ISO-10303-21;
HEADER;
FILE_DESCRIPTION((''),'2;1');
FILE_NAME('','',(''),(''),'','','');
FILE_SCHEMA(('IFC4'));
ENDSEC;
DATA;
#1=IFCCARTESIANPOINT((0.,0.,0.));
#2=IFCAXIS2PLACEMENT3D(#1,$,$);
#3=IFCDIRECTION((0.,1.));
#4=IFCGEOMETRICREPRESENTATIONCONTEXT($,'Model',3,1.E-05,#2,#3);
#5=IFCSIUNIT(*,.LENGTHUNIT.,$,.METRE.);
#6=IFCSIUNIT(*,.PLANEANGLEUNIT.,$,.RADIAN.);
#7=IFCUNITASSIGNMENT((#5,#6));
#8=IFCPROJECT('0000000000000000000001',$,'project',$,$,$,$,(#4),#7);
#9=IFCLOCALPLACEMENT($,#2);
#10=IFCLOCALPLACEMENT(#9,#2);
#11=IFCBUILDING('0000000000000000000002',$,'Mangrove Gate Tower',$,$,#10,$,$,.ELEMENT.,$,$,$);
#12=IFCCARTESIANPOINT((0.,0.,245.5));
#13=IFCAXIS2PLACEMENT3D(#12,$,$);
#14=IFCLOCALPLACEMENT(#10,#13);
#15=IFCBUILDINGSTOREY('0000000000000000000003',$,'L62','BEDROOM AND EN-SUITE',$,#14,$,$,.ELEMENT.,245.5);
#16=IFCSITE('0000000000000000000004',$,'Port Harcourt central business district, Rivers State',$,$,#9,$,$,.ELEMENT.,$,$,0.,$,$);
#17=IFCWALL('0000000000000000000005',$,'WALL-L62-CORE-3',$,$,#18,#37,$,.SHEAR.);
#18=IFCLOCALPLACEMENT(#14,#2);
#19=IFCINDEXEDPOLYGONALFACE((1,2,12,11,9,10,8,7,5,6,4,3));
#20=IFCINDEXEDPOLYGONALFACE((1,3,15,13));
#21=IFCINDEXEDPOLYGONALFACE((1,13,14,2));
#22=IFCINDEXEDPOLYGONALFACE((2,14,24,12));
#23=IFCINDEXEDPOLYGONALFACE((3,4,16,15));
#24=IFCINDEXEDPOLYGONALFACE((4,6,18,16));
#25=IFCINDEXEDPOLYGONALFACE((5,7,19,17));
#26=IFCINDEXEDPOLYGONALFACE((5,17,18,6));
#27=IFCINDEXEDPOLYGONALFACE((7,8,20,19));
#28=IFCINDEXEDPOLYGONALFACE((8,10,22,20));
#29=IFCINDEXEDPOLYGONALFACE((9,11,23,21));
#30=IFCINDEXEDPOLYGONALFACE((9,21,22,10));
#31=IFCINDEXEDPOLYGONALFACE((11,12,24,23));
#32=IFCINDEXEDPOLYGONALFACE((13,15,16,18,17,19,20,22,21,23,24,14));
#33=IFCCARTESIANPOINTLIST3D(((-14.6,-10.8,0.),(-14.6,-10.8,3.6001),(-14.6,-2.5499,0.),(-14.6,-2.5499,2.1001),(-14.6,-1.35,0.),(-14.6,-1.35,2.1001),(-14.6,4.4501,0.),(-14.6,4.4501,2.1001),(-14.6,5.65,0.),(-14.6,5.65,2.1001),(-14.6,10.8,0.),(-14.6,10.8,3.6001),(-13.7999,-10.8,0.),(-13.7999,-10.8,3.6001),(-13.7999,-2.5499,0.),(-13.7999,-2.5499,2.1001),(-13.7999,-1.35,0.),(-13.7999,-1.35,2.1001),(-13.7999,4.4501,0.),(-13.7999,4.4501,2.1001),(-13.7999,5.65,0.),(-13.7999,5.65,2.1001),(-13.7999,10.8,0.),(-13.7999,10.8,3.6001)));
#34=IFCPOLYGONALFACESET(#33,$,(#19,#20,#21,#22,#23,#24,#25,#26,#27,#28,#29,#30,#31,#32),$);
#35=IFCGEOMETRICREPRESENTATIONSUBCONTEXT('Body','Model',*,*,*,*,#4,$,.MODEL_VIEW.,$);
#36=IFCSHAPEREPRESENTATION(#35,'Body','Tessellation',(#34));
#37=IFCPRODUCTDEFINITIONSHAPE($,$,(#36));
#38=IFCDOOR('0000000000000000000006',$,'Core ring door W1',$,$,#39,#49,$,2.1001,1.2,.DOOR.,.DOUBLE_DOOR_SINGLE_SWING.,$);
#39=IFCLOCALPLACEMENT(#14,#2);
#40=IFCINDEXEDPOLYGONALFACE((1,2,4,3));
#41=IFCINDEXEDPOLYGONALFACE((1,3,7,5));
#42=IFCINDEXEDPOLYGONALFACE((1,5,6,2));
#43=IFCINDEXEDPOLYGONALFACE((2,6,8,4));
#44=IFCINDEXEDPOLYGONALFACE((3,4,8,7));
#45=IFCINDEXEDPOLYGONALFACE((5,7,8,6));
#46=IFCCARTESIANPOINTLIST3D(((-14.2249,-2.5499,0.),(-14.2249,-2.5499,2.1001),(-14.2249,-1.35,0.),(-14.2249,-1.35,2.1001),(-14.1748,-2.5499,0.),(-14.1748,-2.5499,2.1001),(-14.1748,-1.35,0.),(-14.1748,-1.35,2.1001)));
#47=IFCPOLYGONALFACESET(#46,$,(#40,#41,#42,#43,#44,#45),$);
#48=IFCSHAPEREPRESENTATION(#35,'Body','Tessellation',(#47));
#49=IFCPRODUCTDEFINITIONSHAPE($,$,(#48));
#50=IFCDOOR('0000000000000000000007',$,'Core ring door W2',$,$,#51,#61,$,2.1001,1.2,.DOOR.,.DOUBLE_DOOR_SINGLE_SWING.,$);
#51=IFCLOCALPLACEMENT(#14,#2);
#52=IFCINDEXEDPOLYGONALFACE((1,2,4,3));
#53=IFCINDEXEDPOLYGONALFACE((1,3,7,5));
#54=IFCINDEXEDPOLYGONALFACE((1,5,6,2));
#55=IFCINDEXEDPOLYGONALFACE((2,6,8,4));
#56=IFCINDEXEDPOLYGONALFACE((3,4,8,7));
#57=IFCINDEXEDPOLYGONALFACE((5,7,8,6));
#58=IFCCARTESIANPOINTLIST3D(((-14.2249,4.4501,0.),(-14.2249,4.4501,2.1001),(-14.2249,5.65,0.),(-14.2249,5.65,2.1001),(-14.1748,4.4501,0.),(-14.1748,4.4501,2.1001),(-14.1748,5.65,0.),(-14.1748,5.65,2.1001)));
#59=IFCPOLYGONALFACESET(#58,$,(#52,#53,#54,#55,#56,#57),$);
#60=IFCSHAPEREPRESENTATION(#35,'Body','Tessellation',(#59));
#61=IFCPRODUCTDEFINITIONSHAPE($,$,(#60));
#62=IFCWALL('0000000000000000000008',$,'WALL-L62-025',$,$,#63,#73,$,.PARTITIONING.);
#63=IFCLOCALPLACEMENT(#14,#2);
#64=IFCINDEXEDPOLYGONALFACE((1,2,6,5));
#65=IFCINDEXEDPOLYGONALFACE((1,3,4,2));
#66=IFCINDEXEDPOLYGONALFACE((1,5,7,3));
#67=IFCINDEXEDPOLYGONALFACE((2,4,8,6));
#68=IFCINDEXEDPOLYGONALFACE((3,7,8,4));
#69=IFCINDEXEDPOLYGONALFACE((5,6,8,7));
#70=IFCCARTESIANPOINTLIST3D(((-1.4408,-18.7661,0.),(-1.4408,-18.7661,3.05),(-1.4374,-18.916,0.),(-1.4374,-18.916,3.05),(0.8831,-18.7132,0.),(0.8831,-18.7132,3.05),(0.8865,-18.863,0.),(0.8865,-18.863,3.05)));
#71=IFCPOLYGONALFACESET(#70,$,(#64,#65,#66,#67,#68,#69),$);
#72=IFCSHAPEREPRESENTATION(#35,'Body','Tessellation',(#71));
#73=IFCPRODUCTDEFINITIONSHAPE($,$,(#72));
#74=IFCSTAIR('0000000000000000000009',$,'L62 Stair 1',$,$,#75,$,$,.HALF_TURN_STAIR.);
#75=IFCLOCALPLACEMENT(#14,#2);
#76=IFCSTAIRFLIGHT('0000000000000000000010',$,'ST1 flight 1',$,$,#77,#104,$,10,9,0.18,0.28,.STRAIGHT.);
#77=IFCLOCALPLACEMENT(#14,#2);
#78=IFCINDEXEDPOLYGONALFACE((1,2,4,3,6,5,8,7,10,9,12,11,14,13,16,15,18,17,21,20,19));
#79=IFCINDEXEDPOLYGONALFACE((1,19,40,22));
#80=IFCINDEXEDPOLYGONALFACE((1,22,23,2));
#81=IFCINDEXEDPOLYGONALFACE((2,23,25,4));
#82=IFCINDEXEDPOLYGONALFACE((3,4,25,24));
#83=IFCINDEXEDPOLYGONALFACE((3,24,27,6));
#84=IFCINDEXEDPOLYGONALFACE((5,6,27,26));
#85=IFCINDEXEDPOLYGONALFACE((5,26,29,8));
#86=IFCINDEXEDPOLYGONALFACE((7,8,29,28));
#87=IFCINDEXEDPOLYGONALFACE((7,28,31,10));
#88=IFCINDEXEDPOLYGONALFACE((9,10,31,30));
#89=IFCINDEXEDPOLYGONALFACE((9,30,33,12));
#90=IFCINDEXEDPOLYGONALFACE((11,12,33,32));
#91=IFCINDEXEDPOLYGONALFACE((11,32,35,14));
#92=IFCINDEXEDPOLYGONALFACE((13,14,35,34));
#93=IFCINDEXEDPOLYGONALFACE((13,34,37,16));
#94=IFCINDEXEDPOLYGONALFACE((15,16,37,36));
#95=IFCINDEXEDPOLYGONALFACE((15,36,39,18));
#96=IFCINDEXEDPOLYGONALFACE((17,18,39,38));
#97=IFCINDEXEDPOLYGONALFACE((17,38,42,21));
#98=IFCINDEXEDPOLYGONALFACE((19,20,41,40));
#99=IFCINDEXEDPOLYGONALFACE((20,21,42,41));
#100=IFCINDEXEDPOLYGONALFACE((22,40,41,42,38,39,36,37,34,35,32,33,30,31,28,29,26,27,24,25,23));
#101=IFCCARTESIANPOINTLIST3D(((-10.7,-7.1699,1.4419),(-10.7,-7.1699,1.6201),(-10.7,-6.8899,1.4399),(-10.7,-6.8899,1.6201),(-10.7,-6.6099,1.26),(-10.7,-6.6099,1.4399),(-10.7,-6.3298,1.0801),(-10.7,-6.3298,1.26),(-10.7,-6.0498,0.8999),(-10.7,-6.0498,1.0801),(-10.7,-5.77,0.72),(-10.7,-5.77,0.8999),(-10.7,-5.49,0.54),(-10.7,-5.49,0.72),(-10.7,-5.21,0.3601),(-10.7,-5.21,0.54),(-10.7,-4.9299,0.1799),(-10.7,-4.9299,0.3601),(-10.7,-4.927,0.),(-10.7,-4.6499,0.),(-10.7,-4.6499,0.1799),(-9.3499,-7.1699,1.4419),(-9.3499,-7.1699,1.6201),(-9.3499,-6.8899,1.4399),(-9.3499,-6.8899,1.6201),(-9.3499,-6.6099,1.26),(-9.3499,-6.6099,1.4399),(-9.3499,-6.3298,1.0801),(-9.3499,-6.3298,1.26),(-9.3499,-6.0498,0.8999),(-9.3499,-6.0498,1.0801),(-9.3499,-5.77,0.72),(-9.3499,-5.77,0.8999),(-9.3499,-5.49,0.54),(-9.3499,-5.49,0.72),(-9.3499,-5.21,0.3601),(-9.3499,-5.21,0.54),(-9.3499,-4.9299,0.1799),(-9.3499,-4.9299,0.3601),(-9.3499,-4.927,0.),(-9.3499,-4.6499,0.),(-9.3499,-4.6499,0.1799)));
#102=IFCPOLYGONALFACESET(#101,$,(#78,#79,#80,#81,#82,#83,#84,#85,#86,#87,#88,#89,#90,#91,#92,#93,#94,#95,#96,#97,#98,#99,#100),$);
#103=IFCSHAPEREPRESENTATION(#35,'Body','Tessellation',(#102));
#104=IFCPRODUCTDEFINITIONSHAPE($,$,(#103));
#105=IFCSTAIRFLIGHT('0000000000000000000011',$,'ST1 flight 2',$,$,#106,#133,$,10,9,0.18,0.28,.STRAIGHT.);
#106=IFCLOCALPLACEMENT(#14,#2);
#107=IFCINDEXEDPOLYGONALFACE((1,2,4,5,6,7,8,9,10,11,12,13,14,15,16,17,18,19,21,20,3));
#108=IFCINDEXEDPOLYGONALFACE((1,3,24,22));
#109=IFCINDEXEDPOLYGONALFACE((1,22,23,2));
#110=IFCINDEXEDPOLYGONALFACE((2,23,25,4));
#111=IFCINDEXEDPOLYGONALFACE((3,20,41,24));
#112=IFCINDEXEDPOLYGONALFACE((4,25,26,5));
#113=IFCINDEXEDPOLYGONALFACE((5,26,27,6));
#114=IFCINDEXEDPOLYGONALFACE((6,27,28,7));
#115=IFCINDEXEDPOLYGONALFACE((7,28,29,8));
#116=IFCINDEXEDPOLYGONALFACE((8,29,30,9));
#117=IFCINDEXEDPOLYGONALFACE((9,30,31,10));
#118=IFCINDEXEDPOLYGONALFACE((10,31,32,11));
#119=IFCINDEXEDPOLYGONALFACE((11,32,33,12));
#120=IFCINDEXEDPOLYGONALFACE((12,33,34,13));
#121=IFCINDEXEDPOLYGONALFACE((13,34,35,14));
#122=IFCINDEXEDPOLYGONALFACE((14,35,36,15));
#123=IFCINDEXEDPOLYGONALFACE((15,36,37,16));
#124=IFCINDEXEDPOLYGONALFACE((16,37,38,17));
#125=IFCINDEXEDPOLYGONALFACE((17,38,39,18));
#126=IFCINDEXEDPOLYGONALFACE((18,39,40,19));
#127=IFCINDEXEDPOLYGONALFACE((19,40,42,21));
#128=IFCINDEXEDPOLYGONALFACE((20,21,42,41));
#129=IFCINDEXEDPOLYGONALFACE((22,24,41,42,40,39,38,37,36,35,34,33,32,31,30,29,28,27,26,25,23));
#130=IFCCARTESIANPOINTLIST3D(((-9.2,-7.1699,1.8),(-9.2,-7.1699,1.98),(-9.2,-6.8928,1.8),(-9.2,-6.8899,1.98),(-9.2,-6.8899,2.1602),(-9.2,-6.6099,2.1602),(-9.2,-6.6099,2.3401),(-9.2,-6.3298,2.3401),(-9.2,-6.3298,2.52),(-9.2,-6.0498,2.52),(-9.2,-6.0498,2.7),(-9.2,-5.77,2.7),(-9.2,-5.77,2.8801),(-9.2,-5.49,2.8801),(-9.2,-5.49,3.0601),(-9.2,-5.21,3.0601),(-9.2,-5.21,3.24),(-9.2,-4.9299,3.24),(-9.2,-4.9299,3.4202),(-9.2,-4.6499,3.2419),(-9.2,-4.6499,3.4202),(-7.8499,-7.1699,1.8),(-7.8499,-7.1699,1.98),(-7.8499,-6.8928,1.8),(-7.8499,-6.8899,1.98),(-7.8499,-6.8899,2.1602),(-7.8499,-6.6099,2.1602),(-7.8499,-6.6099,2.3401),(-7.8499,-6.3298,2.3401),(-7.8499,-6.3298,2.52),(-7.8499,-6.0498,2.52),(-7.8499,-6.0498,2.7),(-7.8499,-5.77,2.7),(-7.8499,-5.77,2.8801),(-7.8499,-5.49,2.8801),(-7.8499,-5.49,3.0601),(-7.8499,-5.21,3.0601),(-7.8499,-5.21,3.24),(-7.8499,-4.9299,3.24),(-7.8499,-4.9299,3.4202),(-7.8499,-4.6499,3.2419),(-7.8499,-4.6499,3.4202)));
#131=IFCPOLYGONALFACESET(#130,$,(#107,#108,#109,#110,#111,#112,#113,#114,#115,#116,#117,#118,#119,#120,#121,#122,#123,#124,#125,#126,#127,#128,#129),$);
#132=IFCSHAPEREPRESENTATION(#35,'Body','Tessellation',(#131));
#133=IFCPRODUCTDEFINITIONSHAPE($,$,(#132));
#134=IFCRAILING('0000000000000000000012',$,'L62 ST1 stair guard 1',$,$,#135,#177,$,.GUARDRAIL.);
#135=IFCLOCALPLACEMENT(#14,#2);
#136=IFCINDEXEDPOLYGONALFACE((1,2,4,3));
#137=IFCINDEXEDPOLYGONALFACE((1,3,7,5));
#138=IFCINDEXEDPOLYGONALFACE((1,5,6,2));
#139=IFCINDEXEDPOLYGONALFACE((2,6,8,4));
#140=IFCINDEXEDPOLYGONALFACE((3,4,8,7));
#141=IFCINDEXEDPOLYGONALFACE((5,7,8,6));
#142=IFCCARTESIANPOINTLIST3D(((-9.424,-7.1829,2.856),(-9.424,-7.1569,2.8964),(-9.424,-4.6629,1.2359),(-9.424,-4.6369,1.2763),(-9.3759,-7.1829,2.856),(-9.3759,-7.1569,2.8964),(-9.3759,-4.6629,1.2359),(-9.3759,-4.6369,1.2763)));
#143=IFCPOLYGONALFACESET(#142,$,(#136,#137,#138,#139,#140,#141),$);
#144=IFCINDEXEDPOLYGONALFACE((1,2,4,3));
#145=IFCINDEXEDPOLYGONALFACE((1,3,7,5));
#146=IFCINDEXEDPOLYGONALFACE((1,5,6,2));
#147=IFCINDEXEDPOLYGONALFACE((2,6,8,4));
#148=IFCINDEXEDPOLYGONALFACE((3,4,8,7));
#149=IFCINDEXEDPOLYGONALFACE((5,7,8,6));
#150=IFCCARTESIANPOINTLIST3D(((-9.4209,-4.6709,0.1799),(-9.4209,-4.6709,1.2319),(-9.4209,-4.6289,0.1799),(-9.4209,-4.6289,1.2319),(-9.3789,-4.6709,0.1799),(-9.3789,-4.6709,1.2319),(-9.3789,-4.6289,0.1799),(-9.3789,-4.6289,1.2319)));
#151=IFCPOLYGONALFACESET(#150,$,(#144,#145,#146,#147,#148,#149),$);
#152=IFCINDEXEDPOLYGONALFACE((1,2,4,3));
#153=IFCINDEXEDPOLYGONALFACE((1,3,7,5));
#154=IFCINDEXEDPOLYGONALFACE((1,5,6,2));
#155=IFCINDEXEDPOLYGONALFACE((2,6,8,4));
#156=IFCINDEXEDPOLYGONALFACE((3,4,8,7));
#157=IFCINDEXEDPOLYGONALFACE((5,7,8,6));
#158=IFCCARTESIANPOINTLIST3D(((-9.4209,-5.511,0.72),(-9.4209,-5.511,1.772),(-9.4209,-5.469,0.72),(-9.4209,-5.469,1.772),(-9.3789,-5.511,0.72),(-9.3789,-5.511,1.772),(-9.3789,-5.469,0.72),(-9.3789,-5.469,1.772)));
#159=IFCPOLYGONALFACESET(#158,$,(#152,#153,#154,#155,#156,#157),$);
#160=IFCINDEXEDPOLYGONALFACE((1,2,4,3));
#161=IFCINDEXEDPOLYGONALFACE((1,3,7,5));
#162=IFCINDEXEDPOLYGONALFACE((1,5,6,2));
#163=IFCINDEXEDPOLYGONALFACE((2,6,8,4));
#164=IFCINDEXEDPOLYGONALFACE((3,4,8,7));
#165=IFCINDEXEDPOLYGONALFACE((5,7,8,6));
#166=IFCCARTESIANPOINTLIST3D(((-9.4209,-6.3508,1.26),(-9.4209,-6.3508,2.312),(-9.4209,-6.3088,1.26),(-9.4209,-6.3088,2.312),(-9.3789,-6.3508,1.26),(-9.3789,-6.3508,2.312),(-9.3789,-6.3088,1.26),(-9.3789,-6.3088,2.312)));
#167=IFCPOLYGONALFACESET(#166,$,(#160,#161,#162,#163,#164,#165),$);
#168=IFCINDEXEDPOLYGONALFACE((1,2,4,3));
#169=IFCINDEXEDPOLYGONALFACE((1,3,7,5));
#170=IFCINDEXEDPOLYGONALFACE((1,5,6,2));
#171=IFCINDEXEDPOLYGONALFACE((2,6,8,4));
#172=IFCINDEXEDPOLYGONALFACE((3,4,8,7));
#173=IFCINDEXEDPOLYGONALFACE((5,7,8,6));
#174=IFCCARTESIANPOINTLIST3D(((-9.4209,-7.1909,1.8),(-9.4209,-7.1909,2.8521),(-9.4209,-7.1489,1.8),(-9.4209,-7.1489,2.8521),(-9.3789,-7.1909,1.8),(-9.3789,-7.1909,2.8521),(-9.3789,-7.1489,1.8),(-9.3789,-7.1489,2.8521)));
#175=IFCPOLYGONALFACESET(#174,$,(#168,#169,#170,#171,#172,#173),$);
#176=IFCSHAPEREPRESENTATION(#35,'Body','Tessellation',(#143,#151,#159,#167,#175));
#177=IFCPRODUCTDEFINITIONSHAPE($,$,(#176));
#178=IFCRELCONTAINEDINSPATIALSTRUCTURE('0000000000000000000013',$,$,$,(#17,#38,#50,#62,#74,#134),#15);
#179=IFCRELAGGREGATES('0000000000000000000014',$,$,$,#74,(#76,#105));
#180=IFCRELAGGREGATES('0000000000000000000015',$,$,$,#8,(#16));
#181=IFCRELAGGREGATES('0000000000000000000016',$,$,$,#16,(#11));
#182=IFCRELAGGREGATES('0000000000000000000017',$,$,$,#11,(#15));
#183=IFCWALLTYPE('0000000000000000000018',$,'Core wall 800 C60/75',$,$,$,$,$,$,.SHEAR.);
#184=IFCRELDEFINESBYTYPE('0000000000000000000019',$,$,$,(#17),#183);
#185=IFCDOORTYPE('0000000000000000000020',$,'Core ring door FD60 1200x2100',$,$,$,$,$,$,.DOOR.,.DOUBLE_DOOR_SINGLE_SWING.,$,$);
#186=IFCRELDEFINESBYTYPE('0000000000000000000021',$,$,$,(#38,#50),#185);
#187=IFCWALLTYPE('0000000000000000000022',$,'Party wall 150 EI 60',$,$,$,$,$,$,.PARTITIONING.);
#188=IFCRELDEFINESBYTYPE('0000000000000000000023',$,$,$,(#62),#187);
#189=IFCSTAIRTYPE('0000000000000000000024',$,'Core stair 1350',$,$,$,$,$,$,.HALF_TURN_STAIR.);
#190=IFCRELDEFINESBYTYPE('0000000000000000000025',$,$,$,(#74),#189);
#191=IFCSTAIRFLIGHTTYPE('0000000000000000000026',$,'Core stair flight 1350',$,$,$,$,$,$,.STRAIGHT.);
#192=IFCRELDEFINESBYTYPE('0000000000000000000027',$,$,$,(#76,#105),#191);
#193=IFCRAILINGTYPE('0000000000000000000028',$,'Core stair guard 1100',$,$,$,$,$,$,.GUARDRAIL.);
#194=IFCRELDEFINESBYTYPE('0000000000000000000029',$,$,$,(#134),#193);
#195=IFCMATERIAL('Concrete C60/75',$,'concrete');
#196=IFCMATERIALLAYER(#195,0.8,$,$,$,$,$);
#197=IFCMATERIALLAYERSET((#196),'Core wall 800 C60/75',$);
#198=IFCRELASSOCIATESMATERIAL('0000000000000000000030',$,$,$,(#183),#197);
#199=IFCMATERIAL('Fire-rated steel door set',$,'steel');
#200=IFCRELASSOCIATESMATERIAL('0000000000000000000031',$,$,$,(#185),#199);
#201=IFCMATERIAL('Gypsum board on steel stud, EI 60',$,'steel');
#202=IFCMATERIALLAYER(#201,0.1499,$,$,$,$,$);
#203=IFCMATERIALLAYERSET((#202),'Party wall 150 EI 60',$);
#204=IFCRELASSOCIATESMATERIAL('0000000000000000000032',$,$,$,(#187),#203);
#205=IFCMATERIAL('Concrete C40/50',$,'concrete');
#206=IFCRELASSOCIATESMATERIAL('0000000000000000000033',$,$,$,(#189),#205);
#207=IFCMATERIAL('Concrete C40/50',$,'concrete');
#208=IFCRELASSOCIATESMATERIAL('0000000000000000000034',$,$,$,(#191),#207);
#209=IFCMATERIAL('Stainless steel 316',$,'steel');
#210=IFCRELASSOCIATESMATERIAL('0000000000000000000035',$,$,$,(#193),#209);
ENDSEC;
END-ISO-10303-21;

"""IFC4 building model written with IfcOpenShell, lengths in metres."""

from ifc_helpers import new_model, si_unit, direction, frame, frame_2d, origin, origin_2d, place, context, subcontext, project, spatial, polyline, rectangle, outline, extrude, material, layer, layer_set, type_object, element, fill, aggregate, save


model = new_model("IFC4")

# Units and contexts
model_context = context("Model", 3, precision=1e-05, world=origin(), true_north=direction((0.0, 1.0)))
body_context = subcontext(model_context, "Body", "Model", "MODEL_VIEW")
ifc_project = project(units=[si_unit("LENGTHUNIT", "METRE"), si_unit("PLANEANGLEUNIT", "RADIAN")], contexts=[model_context])

# Site, building, storey
site_placement = place(None, origin())
site = spatial("IfcSite", under=ifc_project, at=site_placement, Name="Port Harcourt central business district, Rivers State", CompositionType="ELEMENT", RefElevation=0.0)
building_placement = place(site_placement, origin())
building = spatial("IfcBuilding", under=site, at=building_placement, Name="Mangrove Gate Tower", CompositionType="ELEMENT")
storey_placement = place(building_placement, frame((0.0, 0.0, 245.5)))
storey = spatial("IfcBuildingStorey", under=building, at=storey_placement, Name="L62", Description="BEDROOM AND EN-SUITE", CompositionType="ELEMENT", Elevation=245.5)

# Shared definitions
ifc_material_1 = material(Name="Concrete C60/75", Category="concrete")
ifc_layer_1 = layer(ifc_material_1, 0.8)
ifc_layer_set_1 = layer_set([ifc_layer_1], Name="Core wall 800 C60/75")
wall_type_1 = type_object("IfcWallType", Name="Core wall 800 C60/75", PredefinedType="SHEAR", material=ifc_layer_set_1)

# Wall, openings, doors
wall_1_placement = place(storey_placement, frame((-14.2, -10.8, 0.0), z_axis=(0.0, 0.0, 1.0), x_axis=(0.0, 1.0, 0.0)))
wall_1 = element("IfcWall", 1, at=wall_1_placement, inside=storey, type_object=wall_type_1, Name="WALL-L62-CORE-3", PredefinedType="SHEAR", context=body_context, shape_type="SweptSolid", body=[
    extrude(rectangle(XDim=21.6001, YDim=0.8, at=frame_2d((10.8, 0.0))), origin(), (0.0, 0.0, 1.0), 3.6001),
])
opening_1_placement = place(wall_1_placement, frame((8.25, 0.0, 0.0)))
opening_1 = element("IfcOpeningElement", 2, at=opening_1_placement, cuts=wall_1, PredefinedType="OPENING", context=body_context, shape_type="SweptSolid", body=[
    extrude(rectangle(XDim=1.2, YDim=2.1001, at=frame_2d((0.6001, 1.05))), frame((0.0, 0.4099, 0.0), z_axis=(0.0, -1.0, 0.0), x_axis=(1.0, 0.0, 0.0)), (0.0, 0.0, 1.0), 0.8201),
])
opening_2_placement = place(wall_1_placement, frame((15.25, 0.0, 0.0)))
opening_2 = element("IfcOpeningElement", 3, at=opening_2_placement, cuts=wall_1, PredefinedType="OPENING", context=body_context, shape_type="SweptSolid", body=[
    extrude(rectangle(XDim=1.2, YDim=2.1001, at=frame_2d((0.6001, 1.05))), frame((0.0, 0.4099, 0.0), z_axis=(0.0, -1.0, 0.0), x_axis=(1.0, 0.0, 0.0)), (0.0, 0.0, 1.0), 0.8201),
])
ifc_material_2 = material(Name="Fire-rated steel door set", Category="steel")
door_type_1 = type_object("IfcDoorType", Name="Core ring door FD60 1200x2100", OperationType="DOUBLE_DOOR_SINGLE_SWING", PredefinedType="DOOR", material=ifc_material_2)
door_1_placement = place(opening_1_placement, origin())
door_1 = element("IfcDoor", 4, at=door_1_placement, inside=storey, type_object=door_type_1, Name="Core ring door W1", OperationType="DOUBLE_DOOR_SINGLE_SWING", OverallHeight=2.1001, OverallWidth=1.2, PredefinedType="DOOR", context=body_context, shape_type="SweptSolid", body=[
    extrude(rectangle(XDim=1.2, YDim=2.1001, at=frame_2d((0.6001, 1.05))), frame((0.0, 0.0249, 0.0), z_axis=(0.0, -1.0, 0.0), x_axis=(1.0, 0.0, 0.0)), (0.0, 0.0, 1.0), 0.05),
])
fill(opening_1, door_1)
door_2_placement = place(opening_2_placement, origin())
door_2 = element("IfcDoor", 5, at=door_2_placement, inside=storey, type_object=door_type_1, Name="Core ring door W2", OperationType="DOUBLE_DOOR_SINGLE_SWING", OverallHeight=2.1001, OverallWidth=1.2, PredefinedType="DOOR", context=body_context, shape_type="SweptSolid", body=[
    extrude(rectangle(XDim=1.2, YDim=2.1001, at=frame_2d((0.6001, 1.05))), frame((0.0, 0.0249, 0.0), z_axis=(0.0, -1.0, 0.0), x_axis=(1.0, 0.0, 0.0)), (0.0, 0.0, 1.0), 0.05),
])
fill(opening_2, door_2)

# Wall
ifc_material_3 = material(Name="Gypsum board on steel stud, EI 60", Category="steel")
ifc_layer_2 = layer(ifc_material_3, 0.1499)
ifc_layer_set_2 = layer_set([ifc_layer_2], Name="Party wall 150 EI 60")
wall_type_2 = type_object("IfcWallType", Name="Party wall 150 EI 60", PredefinedType="PARTITIONING", material=ifc_layer_set_2)
wall_2_placement = place(storey_placement, frame((-1.439, -18.8411, 0.0), z_axis=(0.0, 0.0, 1.0), x_axis=(0.99974, 0.022791, 0.0)))
element("IfcWall", 6, at=wall_2_placement, inside=storey, type_object=wall_type_2, Name="WALL-L62-025", PredefinedType="PARTITIONING", context=body_context, shape_type="SweptSolid", body=[
    extrude(rectangle(XDim=2.3245, YDim=0.1499, at=frame_2d((1.1621, 0.0))), origin(), (0.0, 0.0, 1.0), 3.05),
])

# Stair, stair flights
ifc_material_4 = material(Name="Concrete C40/50", Category="concrete")
stair_type = type_object("IfcStairType", Name="Core stair 1350", PredefinedType="HALF_TURN_STAIR", material=ifc_material_4)
stair_placement = place(storey_placement, origin())
stair = element("IfcStair", 7, at=stair_placement, inside=storey, type_object=stair_type, Name="L62 Stair 1", PredefinedType="HALF_TURN_STAIR")
ifc_material_5 = material(Name="Concrete C40/50", Category="concrete")
stair_flight_type = type_object("IfcStairFlightType", Name="Core stair flight 1350", PredefinedType="STRAIGHT", material=ifc_material_5)
stair_flight_1_placement = place(storey_placement, frame((-10.0249, -4.6499, 0.0), z_axis=(0.0, 0.0, 1.0), x_axis=(0.0, -1.0, 0.0)))
stair_flight_1 = element("IfcStairFlight", 8, at=stair_flight_1_placement, type_object=stair_flight_type, Name="ST1 flight 1", NumberOfRisers=10, NumberOfTreads=9, PredefinedType="STRAIGHT", RiserHeight=0.18, TreadLength=0.28, context=body_context, shape_type="SweptSolid", body=[
    extrude(outline(polyline([(0.0, 0.0), (0.0, 0.1799), (0.28, 0.1799), (0.28, 0.3601), (0.5601, 0.3601), (0.5601, 0.54), (0.8401, 0.54), (0.8401, 0.72), (1.1201, 0.72), (1.1201, 0.8999), (1.3999, 0.8999), (1.3999, 1.0801), (1.6799, 1.0801), (1.6799, 1.26), (1.96, 1.26), (1.96, 1.4399), (2.24, 1.4399), (2.24, 1.6201), (2.52, 1.6201), (2.52, 1.8), (2.52, 1.4419), (0.2771, 0.0), (0.0, 0.0)])), frame((0.0, 0.675, 0.0), z_axis=(0.0, -1.0, 0.0), x_axis=(1.0, 0.0, 0.0)), (0.0, 0.0, 1.0), 1.3501),
])
stair_flight_2_placement = place(storey_placement, frame((-8.5249, -7.1699, 1.8), z_axis=(0.0, 0.0, 1.0), x_axis=(0.0, 1.0, 0.0)))
stair_flight_2 = element("IfcStairFlight", 9, at=stair_flight_2_placement, type_object=stair_flight_type, Name="ST1 flight 2", NumberOfRisers=10, NumberOfTreads=9, PredefinedType="STRAIGHT", RiserHeight=0.18, TreadLength=0.28, context=body_context, shape_type="SweptSolid", body=[
    extrude(outline(polyline([(0.0, 0.0), (0.0, 0.1799), (0.28, 0.1799), (0.28, 0.3601), (0.5601, 0.3601), (0.5601, 0.54), (0.8401, 0.54), (0.8401, 0.72), (1.1201, 0.72), (1.1201, 0.8999), (1.3999, 0.8999), (1.3999, 1.0801), (1.6799, 1.0801), (1.6799, 1.26), (1.96, 1.26), (1.96, 1.4399), (2.24, 1.4399), (2.24, 1.6201), (2.52, 1.6201), (2.52, 1.8), (2.52, 1.4419), (0.2771, 0.0), (0.0, 0.0)])), frame((0.0, 0.675, 0.0), z_axis=(0.0, -1.0, 0.0), x_axis=(1.0, 0.0, 0.0)), (0.0, 0.0, 1.0), 1.3501),
])
aggregate(stair, [stair_flight_1, stair_flight_2])

# Railing
ifc_material_6 = material(Name="Stainless steel 316", Category="steel")
railing_type_1 = type_object("IfcRailingType", Name="Core stair guard 1100", PredefinedType="GUARDRAIL", material=ifc_material_6)
railing_1_placement = place(storey_placement, frame((-9.3999, -4.6499, 0.1799)))
element("IfcRailing", 10, at=railing_1_placement, inside=storey, type_object=railing_type_1, Name="L62 ST1 stair guard 1", PredefinedType="GUARDRAIL", context=body_context, shape_type="SweptSolid", body=[
    extrude(rectangle(XDim=0.0481, YDim=0.0481, at=origin_2d()), frame((0.0, 0.0, 1.0762), z_axis=(0.0, -0.841163, 0.540782), x_axis=(1.0, 0.0, 0.0)), (0.0, 0.0, 1.0), 2.9958),
    extrude(rectangle(XDim=0.042, YDim=0.042, at=origin_2d()), origin(), (0.0, 0.0, 1.0), 1.052),
    extrude(rectangle(XDim=0.042, YDim=0.042, at=origin_2d()), frame((0.0, -0.8401, 0.54)), (0.0, 0.0, 1.0), 1.052),
    extrude(rectangle(XDim=0.042, YDim=0.042, at=origin_2d()), frame((0.0, -1.6799, 1.0801)), (0.0, 0.0, 1.0), 1.052),
    extrude(rectangle(XDim=0.042, YDim=0.042, at=origin_2d()), frame((0.0, -2.52, 1.6201)), (0.0, 0.0, 1.0), 1.052),
])

save(model, "model.ifc")
